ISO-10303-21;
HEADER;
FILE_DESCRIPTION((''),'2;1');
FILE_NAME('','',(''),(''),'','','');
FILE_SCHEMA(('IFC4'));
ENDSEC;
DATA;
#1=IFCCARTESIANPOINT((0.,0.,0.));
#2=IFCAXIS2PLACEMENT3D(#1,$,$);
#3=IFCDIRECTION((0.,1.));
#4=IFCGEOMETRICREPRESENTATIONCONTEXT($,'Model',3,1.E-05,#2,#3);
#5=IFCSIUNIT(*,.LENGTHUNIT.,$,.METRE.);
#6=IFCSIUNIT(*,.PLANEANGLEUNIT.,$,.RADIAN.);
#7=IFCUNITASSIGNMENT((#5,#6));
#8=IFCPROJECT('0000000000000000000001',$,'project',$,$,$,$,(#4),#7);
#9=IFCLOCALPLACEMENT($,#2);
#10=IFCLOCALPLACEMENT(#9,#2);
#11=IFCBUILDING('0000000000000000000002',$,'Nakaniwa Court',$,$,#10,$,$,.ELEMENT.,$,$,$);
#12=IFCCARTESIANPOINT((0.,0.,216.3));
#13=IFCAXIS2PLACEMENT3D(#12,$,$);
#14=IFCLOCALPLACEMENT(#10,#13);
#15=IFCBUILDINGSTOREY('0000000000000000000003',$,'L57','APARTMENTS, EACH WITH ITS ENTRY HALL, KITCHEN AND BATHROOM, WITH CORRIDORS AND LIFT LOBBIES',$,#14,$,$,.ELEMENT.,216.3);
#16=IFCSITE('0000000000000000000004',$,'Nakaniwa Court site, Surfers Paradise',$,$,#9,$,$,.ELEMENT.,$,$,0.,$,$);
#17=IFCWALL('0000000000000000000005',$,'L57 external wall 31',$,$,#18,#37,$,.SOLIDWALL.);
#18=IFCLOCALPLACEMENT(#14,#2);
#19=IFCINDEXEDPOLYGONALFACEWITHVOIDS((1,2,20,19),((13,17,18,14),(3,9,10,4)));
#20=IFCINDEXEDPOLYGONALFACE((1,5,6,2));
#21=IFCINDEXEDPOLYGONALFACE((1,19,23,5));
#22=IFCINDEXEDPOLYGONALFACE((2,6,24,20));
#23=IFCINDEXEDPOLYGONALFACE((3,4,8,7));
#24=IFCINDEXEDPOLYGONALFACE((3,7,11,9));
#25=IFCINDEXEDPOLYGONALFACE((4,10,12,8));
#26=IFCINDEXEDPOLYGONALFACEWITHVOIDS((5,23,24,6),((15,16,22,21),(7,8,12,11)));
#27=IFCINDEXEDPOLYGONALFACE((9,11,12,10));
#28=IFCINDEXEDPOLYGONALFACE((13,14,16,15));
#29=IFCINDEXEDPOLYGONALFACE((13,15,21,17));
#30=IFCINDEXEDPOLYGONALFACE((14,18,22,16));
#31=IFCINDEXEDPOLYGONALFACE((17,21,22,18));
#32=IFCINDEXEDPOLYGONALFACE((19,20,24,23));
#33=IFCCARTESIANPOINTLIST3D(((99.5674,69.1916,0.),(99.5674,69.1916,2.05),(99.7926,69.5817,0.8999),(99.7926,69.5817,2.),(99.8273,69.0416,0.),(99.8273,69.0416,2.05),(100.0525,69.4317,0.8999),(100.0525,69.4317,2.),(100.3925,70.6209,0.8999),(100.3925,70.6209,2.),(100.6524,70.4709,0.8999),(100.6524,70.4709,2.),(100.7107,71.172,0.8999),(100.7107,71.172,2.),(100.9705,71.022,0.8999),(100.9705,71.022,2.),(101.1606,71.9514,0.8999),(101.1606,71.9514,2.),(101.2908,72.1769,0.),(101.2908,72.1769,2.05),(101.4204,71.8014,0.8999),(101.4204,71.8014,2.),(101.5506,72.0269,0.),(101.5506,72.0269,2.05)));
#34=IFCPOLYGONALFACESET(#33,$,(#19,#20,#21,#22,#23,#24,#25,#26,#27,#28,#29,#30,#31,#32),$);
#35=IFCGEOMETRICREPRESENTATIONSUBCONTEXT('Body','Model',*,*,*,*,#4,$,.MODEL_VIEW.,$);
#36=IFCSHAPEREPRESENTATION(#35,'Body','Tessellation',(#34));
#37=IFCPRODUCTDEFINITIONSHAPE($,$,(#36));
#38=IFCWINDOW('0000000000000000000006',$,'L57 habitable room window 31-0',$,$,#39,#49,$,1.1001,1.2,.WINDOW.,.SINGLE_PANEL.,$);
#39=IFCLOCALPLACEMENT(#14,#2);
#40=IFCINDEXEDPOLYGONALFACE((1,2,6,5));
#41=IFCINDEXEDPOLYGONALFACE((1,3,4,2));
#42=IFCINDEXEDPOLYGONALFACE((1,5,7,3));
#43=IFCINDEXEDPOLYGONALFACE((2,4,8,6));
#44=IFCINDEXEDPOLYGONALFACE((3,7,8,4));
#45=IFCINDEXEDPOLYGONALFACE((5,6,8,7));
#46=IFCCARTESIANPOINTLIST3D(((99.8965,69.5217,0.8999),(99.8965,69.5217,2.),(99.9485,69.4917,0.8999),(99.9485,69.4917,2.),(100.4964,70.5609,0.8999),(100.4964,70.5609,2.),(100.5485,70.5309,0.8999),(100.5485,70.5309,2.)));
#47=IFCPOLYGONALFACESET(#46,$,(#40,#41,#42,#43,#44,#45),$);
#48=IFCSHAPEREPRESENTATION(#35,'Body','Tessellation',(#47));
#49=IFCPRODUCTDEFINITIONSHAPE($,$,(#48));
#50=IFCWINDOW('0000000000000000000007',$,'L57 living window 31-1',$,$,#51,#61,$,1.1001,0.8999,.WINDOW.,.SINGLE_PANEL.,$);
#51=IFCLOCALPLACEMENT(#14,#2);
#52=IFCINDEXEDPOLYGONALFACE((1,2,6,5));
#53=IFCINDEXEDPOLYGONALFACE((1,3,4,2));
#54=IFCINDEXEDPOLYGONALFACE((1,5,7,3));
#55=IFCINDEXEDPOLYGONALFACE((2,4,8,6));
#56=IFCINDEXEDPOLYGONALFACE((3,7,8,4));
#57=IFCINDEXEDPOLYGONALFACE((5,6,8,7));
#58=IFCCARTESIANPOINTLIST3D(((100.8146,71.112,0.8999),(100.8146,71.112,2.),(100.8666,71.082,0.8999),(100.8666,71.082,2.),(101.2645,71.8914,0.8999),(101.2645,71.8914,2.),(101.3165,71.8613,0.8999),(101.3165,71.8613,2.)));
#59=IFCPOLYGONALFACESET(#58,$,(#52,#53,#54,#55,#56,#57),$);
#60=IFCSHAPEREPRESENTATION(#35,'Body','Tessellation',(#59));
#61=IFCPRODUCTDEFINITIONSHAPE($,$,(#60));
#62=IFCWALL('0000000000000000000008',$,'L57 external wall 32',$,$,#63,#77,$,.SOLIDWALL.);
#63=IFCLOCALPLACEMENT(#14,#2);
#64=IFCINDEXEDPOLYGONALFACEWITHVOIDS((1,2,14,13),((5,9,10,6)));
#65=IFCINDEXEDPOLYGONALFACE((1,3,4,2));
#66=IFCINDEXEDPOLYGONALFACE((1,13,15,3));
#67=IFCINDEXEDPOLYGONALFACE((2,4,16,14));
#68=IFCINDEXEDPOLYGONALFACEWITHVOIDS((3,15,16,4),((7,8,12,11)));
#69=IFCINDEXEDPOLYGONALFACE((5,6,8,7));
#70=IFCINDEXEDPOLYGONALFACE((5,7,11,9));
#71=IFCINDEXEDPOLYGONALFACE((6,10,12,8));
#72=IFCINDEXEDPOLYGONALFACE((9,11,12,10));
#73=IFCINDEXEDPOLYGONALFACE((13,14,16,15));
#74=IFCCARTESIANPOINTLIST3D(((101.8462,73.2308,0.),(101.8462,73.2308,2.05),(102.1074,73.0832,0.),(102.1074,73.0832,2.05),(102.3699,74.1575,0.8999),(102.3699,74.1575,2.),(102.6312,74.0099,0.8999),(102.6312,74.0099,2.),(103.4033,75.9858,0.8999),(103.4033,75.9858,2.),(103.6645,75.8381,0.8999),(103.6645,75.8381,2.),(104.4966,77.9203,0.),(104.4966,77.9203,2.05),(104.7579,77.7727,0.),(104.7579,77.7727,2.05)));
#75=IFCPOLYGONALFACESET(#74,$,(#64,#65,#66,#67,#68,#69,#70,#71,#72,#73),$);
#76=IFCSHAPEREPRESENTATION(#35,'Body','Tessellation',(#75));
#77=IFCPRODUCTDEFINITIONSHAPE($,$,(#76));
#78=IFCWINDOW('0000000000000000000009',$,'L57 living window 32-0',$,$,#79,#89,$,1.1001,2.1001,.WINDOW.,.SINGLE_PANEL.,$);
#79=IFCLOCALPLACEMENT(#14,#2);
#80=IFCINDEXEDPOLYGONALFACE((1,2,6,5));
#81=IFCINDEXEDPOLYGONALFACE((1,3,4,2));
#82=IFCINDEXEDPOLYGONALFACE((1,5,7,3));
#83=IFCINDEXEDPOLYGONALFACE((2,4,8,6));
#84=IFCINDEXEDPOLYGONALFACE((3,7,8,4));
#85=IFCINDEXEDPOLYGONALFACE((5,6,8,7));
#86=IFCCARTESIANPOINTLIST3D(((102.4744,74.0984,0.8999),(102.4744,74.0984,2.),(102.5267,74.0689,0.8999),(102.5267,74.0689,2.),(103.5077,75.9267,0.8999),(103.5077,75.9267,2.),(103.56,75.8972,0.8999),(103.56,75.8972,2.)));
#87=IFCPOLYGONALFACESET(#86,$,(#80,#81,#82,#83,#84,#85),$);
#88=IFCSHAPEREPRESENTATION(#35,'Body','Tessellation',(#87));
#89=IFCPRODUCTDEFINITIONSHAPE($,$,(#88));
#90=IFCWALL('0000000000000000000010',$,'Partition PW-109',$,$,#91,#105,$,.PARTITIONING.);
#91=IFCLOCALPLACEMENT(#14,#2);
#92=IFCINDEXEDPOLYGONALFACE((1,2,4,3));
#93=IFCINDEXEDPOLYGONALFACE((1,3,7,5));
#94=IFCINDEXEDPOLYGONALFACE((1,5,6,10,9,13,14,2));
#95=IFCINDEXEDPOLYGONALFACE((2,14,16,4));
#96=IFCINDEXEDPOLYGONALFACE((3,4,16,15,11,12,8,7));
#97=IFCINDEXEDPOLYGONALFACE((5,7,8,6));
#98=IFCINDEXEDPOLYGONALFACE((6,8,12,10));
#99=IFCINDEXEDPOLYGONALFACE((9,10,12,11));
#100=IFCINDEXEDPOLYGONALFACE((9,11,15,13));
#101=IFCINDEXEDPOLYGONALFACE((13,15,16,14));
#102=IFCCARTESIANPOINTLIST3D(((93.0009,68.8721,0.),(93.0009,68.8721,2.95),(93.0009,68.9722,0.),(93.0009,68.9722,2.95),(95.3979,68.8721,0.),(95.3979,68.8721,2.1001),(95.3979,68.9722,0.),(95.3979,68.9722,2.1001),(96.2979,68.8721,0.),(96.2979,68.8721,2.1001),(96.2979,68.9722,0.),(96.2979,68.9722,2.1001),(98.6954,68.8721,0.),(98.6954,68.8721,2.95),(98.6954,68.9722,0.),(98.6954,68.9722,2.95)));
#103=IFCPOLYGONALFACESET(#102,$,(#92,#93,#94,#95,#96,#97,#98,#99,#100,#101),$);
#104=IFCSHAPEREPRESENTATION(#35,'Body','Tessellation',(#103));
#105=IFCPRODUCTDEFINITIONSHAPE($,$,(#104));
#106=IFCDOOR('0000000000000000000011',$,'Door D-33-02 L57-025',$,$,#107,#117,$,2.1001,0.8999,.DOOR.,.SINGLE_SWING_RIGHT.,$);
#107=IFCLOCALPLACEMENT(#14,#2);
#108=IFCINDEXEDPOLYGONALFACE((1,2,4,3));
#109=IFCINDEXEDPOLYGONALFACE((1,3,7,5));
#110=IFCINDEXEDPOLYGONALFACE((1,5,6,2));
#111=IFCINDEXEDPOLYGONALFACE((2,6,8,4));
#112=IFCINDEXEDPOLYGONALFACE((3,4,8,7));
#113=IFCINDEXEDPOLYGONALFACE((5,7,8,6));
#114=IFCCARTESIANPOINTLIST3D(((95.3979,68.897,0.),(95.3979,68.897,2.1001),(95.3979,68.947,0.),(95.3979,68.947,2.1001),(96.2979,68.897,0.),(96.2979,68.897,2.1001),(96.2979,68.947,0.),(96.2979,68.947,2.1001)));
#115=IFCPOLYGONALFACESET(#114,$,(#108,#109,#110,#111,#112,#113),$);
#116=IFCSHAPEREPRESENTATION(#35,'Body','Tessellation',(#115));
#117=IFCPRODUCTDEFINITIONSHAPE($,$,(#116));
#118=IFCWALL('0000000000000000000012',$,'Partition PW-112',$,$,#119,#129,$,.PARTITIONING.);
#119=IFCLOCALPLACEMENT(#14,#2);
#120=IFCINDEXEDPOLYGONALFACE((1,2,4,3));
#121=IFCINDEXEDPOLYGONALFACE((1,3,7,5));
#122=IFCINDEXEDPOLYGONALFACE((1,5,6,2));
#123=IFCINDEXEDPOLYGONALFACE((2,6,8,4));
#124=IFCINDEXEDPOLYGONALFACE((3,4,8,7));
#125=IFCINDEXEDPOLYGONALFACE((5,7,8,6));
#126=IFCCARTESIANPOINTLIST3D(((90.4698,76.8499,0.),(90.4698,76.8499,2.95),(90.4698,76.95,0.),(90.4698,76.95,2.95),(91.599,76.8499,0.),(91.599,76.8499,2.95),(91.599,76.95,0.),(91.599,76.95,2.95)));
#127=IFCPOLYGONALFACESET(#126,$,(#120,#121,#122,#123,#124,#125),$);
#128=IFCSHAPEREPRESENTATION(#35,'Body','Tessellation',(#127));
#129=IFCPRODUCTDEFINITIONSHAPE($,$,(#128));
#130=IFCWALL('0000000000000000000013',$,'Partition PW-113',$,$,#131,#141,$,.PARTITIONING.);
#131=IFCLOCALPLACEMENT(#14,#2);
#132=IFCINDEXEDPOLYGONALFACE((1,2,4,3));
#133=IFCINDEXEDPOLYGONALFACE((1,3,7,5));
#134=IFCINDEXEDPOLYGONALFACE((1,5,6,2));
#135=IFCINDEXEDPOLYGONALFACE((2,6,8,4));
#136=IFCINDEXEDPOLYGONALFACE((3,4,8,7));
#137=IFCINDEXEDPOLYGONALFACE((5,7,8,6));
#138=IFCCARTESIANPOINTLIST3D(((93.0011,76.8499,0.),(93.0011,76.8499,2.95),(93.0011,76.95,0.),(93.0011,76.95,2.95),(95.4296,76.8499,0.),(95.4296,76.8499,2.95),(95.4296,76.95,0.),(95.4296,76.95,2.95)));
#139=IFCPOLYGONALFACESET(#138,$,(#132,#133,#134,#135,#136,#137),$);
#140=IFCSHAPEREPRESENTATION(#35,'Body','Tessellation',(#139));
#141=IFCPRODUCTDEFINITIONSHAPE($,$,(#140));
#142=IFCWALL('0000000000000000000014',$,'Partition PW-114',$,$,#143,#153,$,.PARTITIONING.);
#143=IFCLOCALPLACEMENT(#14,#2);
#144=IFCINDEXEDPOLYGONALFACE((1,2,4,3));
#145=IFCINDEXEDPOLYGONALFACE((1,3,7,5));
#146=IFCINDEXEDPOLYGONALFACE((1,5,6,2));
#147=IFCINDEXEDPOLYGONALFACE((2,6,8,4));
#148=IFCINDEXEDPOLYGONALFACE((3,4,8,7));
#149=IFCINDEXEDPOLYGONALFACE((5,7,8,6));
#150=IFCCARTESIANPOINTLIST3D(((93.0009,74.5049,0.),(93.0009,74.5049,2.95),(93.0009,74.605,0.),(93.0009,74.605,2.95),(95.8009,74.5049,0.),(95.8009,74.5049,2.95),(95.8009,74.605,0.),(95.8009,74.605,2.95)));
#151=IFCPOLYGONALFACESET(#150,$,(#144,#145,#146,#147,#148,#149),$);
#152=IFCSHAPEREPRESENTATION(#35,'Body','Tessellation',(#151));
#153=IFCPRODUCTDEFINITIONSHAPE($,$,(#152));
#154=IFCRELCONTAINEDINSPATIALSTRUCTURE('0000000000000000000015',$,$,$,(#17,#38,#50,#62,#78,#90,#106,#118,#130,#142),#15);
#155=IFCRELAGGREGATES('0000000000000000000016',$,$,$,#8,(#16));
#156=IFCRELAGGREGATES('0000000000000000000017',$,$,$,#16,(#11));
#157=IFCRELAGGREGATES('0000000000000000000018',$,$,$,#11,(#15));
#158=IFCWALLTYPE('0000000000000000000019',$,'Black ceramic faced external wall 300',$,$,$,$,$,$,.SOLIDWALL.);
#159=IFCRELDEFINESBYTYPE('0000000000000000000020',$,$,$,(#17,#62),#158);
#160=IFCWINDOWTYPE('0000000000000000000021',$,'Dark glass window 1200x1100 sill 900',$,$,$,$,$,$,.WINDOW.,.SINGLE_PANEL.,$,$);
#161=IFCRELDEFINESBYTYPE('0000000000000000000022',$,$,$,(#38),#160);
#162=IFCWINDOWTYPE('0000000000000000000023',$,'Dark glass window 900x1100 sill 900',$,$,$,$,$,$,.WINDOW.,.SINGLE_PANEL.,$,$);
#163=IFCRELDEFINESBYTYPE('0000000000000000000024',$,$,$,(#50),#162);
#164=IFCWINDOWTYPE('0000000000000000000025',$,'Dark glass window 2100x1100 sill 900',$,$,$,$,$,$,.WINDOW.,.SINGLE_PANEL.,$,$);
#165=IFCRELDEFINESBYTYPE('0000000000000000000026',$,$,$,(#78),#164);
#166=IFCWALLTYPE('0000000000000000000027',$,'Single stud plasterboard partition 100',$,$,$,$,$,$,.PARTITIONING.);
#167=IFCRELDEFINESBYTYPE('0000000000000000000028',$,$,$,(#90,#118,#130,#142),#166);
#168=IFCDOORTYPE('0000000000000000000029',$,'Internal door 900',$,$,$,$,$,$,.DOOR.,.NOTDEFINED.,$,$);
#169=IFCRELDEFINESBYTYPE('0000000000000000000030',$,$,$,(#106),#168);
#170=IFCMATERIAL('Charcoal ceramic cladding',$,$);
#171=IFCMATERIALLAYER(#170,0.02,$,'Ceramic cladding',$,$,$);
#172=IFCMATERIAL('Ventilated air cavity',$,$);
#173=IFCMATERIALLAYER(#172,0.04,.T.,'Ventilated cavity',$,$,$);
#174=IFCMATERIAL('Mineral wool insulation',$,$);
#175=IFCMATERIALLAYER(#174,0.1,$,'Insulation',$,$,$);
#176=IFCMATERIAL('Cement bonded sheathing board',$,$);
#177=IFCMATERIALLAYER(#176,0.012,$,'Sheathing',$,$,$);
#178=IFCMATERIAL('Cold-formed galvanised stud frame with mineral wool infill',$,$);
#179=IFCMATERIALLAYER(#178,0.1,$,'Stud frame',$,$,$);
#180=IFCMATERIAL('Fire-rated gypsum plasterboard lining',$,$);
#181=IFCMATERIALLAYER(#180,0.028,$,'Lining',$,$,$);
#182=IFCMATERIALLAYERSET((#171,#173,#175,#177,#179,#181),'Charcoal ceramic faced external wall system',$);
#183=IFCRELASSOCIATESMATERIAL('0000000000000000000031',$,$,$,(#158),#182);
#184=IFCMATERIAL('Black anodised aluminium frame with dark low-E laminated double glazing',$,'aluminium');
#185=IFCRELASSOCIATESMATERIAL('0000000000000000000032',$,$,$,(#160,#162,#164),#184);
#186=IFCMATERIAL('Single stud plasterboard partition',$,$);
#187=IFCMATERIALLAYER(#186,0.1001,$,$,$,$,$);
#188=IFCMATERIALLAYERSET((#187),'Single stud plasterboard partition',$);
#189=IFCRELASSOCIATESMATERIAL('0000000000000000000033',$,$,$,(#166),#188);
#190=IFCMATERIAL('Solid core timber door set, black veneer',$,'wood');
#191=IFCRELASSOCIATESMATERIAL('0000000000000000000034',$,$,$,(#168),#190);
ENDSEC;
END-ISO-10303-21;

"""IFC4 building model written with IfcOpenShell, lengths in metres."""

from ifc_helpers import new_model, si_unit, direction, frame, frame_2d, origin, place, context, subcontext, project, spatial, rectangle, extrude, material, layer, layer_set, type_object, element, fill, save


model = new_model("IFC4")

# Units and contexts
model_context = context("Model", 3, precision=1e-05, world=origin(), true_north=direction((0.0, 1.0)))
body_context = subcontext(model_context, "Body", "Model", "MODEL_VIEW")
ifc_project = project(units=[si_unit("LENGTHUNIT", "METRE"), si_unit("PLANEANGLEUNIT", "RADIAN")], contexts=[model_context])

# Site, building, storey
site_placement = place(None, origin())
site = spatial("IfcSite", under=ifc_project, at=site_placement, Name="Nakaniwa Court site, Surfers Paradise", CompositionType="ELEMENT", RefElevation=0.0)
building_placement = place(site_placement, origin())
building = spatial("IfcBuilding", under=site, at=building_placement, Name="Nakaniwa Court", CompositionType="ELEMENT")
storey_placement = place(building_placement, frame((0.0, 0.0, 216.3)))
storey = spatial("IfcBuildingStorey", under=building, at=storey_placement, Name="L57", Description="APARTMENTS, EACH WITH ITS ENTRY HALL, KITCHEN AND BATHROOM, WITH CORRIDORS AND LIFT LOBBIES", CompositionType="ELEMENT", Elevation=216.3)

# Wall, openings, windows
ifc_material_1 = material(Name="Charcoal ceramic cladding")
ifc_layer_1 = layer(ifc_material_1, 0.02, Name="Ceramic cladding")
ifc_material_2 = material(Name="Ventilated air cavity")
ifc_layer_2 = layer(ifc_material_2, 0.04, ventilated=True, Name="Ventilated cavity")
ifc_material_3 = material(Name="Mineral wool insulation")
ifc_layer_3 = layer(ifc_material_3, 0.1, Name="Insulation")
ifc_material_4 = material(Name="Cement bonded sheathing board")
ifc_layer_4 = layer(ifc_material_4, 0.012, Name="Sheathing")
ifc_material_5 = material(Name="Cold-formed galvanised stud frame with mineral wool infill")
ifc_layer_5 = layer(ifc_material_5, 0.1, Name="Stud frame")
ifc_material_6 = material(Name="Fire-rated gypsum plasterboard lining")
ifc_layer_6 = layer(ifc_material_6, 0.028, Name="Lining")
ifc_layer_set_1 = layer_set([ifc_layer_1, ifc_layer_2, ifc_layer_3, ifc_layer_4, ifc_layer_5, ifc_layer_6], Name="Charcoal ceramic faced external wall system")
wall_type_1 = type_object("IfcWallType", Name="Black ceramic faced external wall 300", PredefinedType="SOLIDWALL", material=ifc_layer_set_1)
wall_1_placement = place(storey_placement, frame((99.6973, 69.1165, 0.0), z_axis=(0.0, 0.0, 1.0), x_axis=(0.499955, 0.866051, 0.0)))
wall_1 = element("IfcWall", 1, at=wall_1_placement, inside=storey, type_object=wall_type_1, Name="L57 external wall 31", PredefinedType="SOLIDWALL", context=body_context, shape_type="SweptSolid", body=[
    extrude(rectangle(XDim=3.447, YDim=0.3, at=frame_2d((1.7236, 0.0))), origin(), (0.0, 0.0, 1.0), 2.05),
])
opening_1_placement = place(wall_1_placement, frame((0.4504, 0.0, 0.8999)))
opening_1 = element("IfcOpeningElement", 2, at=opening_1_placement, cuts=wall_1, PredefinedType="OPENING", context=body_context, shape_type="SweptSolid", body=[
    extrude(rectangle(XDim=1.2, YDim=1.1001, at=frame_2d((0.6001, 0.55))), frame((0.0, 0.1599, 0.0), z_axis=(0.0, -1.0, 0.0), x_axis=(1.0, 0.0, 0.0)), (0.0, 0.0, 1.0), 0.3201),
])
opening_2_placement = place(wall_1_placement, frame((2.2869, 0.0, 0.8999)))
opening_2 = element("IfcOpeningElement", 3, at=opening_2_placement, cuts=wall_1, PredefinedType="OPENING", context=body_context, shape_type="SweptSolid", body=[
    extrude(rectangle(XDim=0.8999, YDim=1.1001, at=frame_2d((0.45, 0.55))), frame((0.0, 0.1599, 0.0), z_axis=(0.0, -1.0, 0.0), x_axis=(1.0, 0.0, 0.0)), (0.0, 0.0, 1.0), 0.3201),
])
ifc_material_7 = material(Name="Black anodised aluminium frame with dark low-E laminated double glazing", Category="aluminium")
window_type_1 = type_object("IfcWindowType", Name="Dark glass window 1200x1100 sill 900", PartitioningType="SINGLE_PANEL", PredefinedType="WINDOW", material=ifc_material_7)
window_1_placement = place(opening_1_placement, origin())
window_1 = element("IfcWindow", 4, at=window_1_placement, inside=storey, type_object=window_type_1, Name="L57 habitable room window 31-0", OverallHeight=1.1001, OverallWidth=1.2, PartitioningType="SINGLE_PANEL", PredefinedType="WINDOW", context=body_context, shape_type="SweptSolid", body=[
    extrude(rectangle(XDim=1.2, YDim=1.1001, at=frame_2d((0.6001, 0.55))), frame((0.0, 0.03, 0.0), z_axis=(0.0, -1.0, 0.0), x_axis=(1.0, 0.0, 0.0)), (0.0, 0.0, 1.0), 0.0601),
])
fill(opening_1, window_1)
window_type_2 = type_object("IfcWindowType", Name="Dark glass window 900x1100 sill 900", PartitioningType="SINGLE_PANEL", PredefinedType="WINDOW", material=ifc_material_7)
window_2_placement = place(opening_2_placement, origin())
window_2 = element("IfcWindow", 5, at=window_2_placement, inside=storey, type_object=window_type_2, Name="L57 living window 31-1", OverallHeight=1.1001, OverallWidth=0.8999, PartitioningType="SINGLE_PANEL", PredefinedType="WINDOW", context=body_context, shape_type="SweptSolid", body=[
    extrude(rectangle(XDim=0.8999, YDim=1.1001, at=frame_2d((0.45, 0.55))), frame((0.0, 0.03, 0.0), z_axis=(0.0, -1.0, 0.0), x_axis=(1.0, 0.0, 0.0)), (0.0, 0.0, 1.0), 0.0601),
])
fill(opening_2, window_2)

# Wall, opening, window
wall_2_placement = place(storey_placement, frame((101.9768, 73.157, 0.0), z_axis=(0.0, 0.0, 1.0), x_axis=(0.492033, 0.870576, 0.0)))
wall_2 = element("IfcWall", 6, at=wall_2_placement, inside=storey, type_object=wall_type_1, Name="L57 external wall 32", PredefinedType="SOLIDWALL", context=body_context, shape_type="SweptSolid", body=[
    extrude(rectangle(XDim=5.3867, YDim=0.3, at=frame_2d((2.6934, 0.0))), origin(), (0.0, 0.0, 1.0), 2.05),
])
opening_3_placement = place(wall_2_placement, frame((1.0645, 0.0, 0.8999)))
opening_3 = element("IfcOpeningElement", 7, at=opening_3_placement, cuts=wall_2, PredefinedType="OPENING", context=body_context, shape_type="SweptSolid", body=[
    extrude(rectangle(XDim=2.1001, YDim=1.1001, at=frame_2d((1.05, 0.55))), frame((0.0, 0.1599, 0.0), z_axis=(0.0, -1.0, 0.0), x_axis=(1.0, 0.0, 0.0)), (0.0, 0.0, 1.0), 0.3201),
])
window_type_3 = type_object("IfcWindowType", Name="Dark glass window 2100x1100 sill 900", PartitioningType="SINGLE_PANEL", PredefinedType="WINDOW", material=ifc_material_7)
window_3_placement = place(opening_3_placement, origin())
window_3 = element("IfcWindow", 8, at=window_3_placement, inside=storey, type_object=window_type_3, Name="L57 living window 32-0", OverallHeight=1.1001, OverallWidth=2.1001, PartitioningType="SINGLE_PANEL", PredefinedType="WINDOW", context=body_context, shape_type="SweptSolid", body=[
    extrude(rectangle(XDim=2.1001, YDim=1.1001, at=frame_2d((1.05, 0.55))), frame((0.0, 0.03, 0.0), z_axis=(0.0, -1.0, 0.0), x_axis=(1.0, 0.0, 0.0)), (0.0, 0.0, 1.0), 0.0601),
])
fill(opening_3, window_3)

# Wall, opening, door
ifc_material_8 = material(Name="Single stud plasterboard partition")
ifc_layer_7 = layer(ifc_material_8, 0.1001)
ifc_layer_set_2 = layer_set([ifc_layer_7], Name="Single stud plasterboard partition")
wall_type_2 = type_object("IfcWallType", Name="Single stud plasterboard partition 100", PredefinedType="PARTITIONING", material=ifc_layer_set_2)
wall_3_placement = place(storey_placement, frame((93.001, 68.9221, 0.0), z_axis=(0.0, 0.0, 1.0), x_axis=(1.0, 0.0, 0.0)))
wall_3 = element("IfcWall", 9, at=wall_3_placement, inside=storey, type_object=wall_type_2, Name="Partition PW-109", PredefinedType="PARTITIONING", context=body_context, shape_type="SweptSolid", body=[
    extrude(rectangle(XDim=5.6946, YDim=0.1001, at=frame_2d((2.8472, 0.0))), origin(), (0.0, 0.0, 1.0), 2.95),
])
opening_4_placement = place(wall_3_placement, frame((2.397, 0.0, 0.0)))
opening_4 = element("IfcOpeningElement", 10, at=opening_4_placement, cuts=wall_3, PredefinedType="OPENING", context=body_context, shape_type="SweptSolid", body=[
    extrude(rectangle(XDim=0.8999, YDim=2.1001, at=frame_2d((0.45, 1.05))), frame((0.0, 0.0601, 0.0), z_axis=(0.0, -1.0, 0.0), x_axis=(1.0, 0.0, 0.0)), (0.0, 0.0, 1.0), 0.1201),
])
ifc_material_9 = material(Name="Solid core timber door set, black veneer", Category="wood")
door_type_1 = type_object("IfcDoorType", Name="Internal door 900", OperationType="NOTDEFINED", PredefinedType="DOOR", material=ifc_material_9)
door_1_placement = place(opening_4_placement, origin())
door_1 = element("IfcDoor", 11, at=door_1_placement, inside=storey, type_object=door_type_1, Name="Door D-33-02 L57-025", OperationType="SINGLE_SWING_RIGHT", OverallHeight=2.1001, OverallWidth=0.8999, PredefinedType="DOOR", context=body_context, shape_type="SweptSolid", body=[
    extrude(rectangle(XDim=0.8999, YDim=2.1001, at=frame_2d((0.45, 1.05))), frame((0.0, 0.0249, 0.0), z_axis=(0.0, -1.0, 0.0), x_axis=(1.0, 0.0, 0.0)), (0.0, 0.0, 1.0), 0.05),
])
fill(opening_4, door_1)

# Walls
wall_4_placement = place(storey_placement, frame((90.47, 76.8999, 0.0), z_axis=(0.0, 0.0, 1.0), x_axis=(1.0, 0.0, 0.0)))
element("IfcWall", 12, at=wall_4_placement, inside=storey, type_object=wall_type_2, Name="Partition PW-112", PredefinedType="PARTITIONING", context=body_context, shape_type="SweptSolid", body=[
    extrude(rectangle(XDim=1.1292, YDim=0.1001, at=frame_2d((0.5645, 0.0))), origin(), (0.0, 0.0, 1.0), 2.95),
])
wall_5_placement = place(storey_placement, frame((93.001, 76.8999, 0.0), z_axis=(0.0, 0.0, 1.0), x_axis=(1.0, 0.0, 0.0)))
element("IfcWall", 13, at=wall_5_placement, inside=storey, type_object=wall_type_2, Name="Partition PW-113", PredefinedType="PARTITIONING", context=body_context, shape_type="SweptSolid", body=[
    extrude(rectangle(XDim=2.4285, YDim=0.1001, at=frame_2d((1.2144, 0.0))), origin(), (0.0, 0.0, 1.0), 2.95),
])
wall_6_placement = place(storey_placement, frame((93.001, 74.5549, 0.0), z_axis=(0.0, 0.0, 1.0), x_axis=(1.0, 0.0, 0.0)))
element("IfcWall", 14, at=wall_6_placement, inside=storey, type_object=wall_type_2, Name="Partition PW-114", PredefinedType="PARTITIONING", context=body_context, shape_type="SweptSolid", body=[
    extrude(rectangle(XDim=2.8, YDim=0.1001, at=frame_2d((1.3999, 0.0))), origin(), (0.0, 0.0, 1.0), 2.95),
])

save(model, "model.ifc")
